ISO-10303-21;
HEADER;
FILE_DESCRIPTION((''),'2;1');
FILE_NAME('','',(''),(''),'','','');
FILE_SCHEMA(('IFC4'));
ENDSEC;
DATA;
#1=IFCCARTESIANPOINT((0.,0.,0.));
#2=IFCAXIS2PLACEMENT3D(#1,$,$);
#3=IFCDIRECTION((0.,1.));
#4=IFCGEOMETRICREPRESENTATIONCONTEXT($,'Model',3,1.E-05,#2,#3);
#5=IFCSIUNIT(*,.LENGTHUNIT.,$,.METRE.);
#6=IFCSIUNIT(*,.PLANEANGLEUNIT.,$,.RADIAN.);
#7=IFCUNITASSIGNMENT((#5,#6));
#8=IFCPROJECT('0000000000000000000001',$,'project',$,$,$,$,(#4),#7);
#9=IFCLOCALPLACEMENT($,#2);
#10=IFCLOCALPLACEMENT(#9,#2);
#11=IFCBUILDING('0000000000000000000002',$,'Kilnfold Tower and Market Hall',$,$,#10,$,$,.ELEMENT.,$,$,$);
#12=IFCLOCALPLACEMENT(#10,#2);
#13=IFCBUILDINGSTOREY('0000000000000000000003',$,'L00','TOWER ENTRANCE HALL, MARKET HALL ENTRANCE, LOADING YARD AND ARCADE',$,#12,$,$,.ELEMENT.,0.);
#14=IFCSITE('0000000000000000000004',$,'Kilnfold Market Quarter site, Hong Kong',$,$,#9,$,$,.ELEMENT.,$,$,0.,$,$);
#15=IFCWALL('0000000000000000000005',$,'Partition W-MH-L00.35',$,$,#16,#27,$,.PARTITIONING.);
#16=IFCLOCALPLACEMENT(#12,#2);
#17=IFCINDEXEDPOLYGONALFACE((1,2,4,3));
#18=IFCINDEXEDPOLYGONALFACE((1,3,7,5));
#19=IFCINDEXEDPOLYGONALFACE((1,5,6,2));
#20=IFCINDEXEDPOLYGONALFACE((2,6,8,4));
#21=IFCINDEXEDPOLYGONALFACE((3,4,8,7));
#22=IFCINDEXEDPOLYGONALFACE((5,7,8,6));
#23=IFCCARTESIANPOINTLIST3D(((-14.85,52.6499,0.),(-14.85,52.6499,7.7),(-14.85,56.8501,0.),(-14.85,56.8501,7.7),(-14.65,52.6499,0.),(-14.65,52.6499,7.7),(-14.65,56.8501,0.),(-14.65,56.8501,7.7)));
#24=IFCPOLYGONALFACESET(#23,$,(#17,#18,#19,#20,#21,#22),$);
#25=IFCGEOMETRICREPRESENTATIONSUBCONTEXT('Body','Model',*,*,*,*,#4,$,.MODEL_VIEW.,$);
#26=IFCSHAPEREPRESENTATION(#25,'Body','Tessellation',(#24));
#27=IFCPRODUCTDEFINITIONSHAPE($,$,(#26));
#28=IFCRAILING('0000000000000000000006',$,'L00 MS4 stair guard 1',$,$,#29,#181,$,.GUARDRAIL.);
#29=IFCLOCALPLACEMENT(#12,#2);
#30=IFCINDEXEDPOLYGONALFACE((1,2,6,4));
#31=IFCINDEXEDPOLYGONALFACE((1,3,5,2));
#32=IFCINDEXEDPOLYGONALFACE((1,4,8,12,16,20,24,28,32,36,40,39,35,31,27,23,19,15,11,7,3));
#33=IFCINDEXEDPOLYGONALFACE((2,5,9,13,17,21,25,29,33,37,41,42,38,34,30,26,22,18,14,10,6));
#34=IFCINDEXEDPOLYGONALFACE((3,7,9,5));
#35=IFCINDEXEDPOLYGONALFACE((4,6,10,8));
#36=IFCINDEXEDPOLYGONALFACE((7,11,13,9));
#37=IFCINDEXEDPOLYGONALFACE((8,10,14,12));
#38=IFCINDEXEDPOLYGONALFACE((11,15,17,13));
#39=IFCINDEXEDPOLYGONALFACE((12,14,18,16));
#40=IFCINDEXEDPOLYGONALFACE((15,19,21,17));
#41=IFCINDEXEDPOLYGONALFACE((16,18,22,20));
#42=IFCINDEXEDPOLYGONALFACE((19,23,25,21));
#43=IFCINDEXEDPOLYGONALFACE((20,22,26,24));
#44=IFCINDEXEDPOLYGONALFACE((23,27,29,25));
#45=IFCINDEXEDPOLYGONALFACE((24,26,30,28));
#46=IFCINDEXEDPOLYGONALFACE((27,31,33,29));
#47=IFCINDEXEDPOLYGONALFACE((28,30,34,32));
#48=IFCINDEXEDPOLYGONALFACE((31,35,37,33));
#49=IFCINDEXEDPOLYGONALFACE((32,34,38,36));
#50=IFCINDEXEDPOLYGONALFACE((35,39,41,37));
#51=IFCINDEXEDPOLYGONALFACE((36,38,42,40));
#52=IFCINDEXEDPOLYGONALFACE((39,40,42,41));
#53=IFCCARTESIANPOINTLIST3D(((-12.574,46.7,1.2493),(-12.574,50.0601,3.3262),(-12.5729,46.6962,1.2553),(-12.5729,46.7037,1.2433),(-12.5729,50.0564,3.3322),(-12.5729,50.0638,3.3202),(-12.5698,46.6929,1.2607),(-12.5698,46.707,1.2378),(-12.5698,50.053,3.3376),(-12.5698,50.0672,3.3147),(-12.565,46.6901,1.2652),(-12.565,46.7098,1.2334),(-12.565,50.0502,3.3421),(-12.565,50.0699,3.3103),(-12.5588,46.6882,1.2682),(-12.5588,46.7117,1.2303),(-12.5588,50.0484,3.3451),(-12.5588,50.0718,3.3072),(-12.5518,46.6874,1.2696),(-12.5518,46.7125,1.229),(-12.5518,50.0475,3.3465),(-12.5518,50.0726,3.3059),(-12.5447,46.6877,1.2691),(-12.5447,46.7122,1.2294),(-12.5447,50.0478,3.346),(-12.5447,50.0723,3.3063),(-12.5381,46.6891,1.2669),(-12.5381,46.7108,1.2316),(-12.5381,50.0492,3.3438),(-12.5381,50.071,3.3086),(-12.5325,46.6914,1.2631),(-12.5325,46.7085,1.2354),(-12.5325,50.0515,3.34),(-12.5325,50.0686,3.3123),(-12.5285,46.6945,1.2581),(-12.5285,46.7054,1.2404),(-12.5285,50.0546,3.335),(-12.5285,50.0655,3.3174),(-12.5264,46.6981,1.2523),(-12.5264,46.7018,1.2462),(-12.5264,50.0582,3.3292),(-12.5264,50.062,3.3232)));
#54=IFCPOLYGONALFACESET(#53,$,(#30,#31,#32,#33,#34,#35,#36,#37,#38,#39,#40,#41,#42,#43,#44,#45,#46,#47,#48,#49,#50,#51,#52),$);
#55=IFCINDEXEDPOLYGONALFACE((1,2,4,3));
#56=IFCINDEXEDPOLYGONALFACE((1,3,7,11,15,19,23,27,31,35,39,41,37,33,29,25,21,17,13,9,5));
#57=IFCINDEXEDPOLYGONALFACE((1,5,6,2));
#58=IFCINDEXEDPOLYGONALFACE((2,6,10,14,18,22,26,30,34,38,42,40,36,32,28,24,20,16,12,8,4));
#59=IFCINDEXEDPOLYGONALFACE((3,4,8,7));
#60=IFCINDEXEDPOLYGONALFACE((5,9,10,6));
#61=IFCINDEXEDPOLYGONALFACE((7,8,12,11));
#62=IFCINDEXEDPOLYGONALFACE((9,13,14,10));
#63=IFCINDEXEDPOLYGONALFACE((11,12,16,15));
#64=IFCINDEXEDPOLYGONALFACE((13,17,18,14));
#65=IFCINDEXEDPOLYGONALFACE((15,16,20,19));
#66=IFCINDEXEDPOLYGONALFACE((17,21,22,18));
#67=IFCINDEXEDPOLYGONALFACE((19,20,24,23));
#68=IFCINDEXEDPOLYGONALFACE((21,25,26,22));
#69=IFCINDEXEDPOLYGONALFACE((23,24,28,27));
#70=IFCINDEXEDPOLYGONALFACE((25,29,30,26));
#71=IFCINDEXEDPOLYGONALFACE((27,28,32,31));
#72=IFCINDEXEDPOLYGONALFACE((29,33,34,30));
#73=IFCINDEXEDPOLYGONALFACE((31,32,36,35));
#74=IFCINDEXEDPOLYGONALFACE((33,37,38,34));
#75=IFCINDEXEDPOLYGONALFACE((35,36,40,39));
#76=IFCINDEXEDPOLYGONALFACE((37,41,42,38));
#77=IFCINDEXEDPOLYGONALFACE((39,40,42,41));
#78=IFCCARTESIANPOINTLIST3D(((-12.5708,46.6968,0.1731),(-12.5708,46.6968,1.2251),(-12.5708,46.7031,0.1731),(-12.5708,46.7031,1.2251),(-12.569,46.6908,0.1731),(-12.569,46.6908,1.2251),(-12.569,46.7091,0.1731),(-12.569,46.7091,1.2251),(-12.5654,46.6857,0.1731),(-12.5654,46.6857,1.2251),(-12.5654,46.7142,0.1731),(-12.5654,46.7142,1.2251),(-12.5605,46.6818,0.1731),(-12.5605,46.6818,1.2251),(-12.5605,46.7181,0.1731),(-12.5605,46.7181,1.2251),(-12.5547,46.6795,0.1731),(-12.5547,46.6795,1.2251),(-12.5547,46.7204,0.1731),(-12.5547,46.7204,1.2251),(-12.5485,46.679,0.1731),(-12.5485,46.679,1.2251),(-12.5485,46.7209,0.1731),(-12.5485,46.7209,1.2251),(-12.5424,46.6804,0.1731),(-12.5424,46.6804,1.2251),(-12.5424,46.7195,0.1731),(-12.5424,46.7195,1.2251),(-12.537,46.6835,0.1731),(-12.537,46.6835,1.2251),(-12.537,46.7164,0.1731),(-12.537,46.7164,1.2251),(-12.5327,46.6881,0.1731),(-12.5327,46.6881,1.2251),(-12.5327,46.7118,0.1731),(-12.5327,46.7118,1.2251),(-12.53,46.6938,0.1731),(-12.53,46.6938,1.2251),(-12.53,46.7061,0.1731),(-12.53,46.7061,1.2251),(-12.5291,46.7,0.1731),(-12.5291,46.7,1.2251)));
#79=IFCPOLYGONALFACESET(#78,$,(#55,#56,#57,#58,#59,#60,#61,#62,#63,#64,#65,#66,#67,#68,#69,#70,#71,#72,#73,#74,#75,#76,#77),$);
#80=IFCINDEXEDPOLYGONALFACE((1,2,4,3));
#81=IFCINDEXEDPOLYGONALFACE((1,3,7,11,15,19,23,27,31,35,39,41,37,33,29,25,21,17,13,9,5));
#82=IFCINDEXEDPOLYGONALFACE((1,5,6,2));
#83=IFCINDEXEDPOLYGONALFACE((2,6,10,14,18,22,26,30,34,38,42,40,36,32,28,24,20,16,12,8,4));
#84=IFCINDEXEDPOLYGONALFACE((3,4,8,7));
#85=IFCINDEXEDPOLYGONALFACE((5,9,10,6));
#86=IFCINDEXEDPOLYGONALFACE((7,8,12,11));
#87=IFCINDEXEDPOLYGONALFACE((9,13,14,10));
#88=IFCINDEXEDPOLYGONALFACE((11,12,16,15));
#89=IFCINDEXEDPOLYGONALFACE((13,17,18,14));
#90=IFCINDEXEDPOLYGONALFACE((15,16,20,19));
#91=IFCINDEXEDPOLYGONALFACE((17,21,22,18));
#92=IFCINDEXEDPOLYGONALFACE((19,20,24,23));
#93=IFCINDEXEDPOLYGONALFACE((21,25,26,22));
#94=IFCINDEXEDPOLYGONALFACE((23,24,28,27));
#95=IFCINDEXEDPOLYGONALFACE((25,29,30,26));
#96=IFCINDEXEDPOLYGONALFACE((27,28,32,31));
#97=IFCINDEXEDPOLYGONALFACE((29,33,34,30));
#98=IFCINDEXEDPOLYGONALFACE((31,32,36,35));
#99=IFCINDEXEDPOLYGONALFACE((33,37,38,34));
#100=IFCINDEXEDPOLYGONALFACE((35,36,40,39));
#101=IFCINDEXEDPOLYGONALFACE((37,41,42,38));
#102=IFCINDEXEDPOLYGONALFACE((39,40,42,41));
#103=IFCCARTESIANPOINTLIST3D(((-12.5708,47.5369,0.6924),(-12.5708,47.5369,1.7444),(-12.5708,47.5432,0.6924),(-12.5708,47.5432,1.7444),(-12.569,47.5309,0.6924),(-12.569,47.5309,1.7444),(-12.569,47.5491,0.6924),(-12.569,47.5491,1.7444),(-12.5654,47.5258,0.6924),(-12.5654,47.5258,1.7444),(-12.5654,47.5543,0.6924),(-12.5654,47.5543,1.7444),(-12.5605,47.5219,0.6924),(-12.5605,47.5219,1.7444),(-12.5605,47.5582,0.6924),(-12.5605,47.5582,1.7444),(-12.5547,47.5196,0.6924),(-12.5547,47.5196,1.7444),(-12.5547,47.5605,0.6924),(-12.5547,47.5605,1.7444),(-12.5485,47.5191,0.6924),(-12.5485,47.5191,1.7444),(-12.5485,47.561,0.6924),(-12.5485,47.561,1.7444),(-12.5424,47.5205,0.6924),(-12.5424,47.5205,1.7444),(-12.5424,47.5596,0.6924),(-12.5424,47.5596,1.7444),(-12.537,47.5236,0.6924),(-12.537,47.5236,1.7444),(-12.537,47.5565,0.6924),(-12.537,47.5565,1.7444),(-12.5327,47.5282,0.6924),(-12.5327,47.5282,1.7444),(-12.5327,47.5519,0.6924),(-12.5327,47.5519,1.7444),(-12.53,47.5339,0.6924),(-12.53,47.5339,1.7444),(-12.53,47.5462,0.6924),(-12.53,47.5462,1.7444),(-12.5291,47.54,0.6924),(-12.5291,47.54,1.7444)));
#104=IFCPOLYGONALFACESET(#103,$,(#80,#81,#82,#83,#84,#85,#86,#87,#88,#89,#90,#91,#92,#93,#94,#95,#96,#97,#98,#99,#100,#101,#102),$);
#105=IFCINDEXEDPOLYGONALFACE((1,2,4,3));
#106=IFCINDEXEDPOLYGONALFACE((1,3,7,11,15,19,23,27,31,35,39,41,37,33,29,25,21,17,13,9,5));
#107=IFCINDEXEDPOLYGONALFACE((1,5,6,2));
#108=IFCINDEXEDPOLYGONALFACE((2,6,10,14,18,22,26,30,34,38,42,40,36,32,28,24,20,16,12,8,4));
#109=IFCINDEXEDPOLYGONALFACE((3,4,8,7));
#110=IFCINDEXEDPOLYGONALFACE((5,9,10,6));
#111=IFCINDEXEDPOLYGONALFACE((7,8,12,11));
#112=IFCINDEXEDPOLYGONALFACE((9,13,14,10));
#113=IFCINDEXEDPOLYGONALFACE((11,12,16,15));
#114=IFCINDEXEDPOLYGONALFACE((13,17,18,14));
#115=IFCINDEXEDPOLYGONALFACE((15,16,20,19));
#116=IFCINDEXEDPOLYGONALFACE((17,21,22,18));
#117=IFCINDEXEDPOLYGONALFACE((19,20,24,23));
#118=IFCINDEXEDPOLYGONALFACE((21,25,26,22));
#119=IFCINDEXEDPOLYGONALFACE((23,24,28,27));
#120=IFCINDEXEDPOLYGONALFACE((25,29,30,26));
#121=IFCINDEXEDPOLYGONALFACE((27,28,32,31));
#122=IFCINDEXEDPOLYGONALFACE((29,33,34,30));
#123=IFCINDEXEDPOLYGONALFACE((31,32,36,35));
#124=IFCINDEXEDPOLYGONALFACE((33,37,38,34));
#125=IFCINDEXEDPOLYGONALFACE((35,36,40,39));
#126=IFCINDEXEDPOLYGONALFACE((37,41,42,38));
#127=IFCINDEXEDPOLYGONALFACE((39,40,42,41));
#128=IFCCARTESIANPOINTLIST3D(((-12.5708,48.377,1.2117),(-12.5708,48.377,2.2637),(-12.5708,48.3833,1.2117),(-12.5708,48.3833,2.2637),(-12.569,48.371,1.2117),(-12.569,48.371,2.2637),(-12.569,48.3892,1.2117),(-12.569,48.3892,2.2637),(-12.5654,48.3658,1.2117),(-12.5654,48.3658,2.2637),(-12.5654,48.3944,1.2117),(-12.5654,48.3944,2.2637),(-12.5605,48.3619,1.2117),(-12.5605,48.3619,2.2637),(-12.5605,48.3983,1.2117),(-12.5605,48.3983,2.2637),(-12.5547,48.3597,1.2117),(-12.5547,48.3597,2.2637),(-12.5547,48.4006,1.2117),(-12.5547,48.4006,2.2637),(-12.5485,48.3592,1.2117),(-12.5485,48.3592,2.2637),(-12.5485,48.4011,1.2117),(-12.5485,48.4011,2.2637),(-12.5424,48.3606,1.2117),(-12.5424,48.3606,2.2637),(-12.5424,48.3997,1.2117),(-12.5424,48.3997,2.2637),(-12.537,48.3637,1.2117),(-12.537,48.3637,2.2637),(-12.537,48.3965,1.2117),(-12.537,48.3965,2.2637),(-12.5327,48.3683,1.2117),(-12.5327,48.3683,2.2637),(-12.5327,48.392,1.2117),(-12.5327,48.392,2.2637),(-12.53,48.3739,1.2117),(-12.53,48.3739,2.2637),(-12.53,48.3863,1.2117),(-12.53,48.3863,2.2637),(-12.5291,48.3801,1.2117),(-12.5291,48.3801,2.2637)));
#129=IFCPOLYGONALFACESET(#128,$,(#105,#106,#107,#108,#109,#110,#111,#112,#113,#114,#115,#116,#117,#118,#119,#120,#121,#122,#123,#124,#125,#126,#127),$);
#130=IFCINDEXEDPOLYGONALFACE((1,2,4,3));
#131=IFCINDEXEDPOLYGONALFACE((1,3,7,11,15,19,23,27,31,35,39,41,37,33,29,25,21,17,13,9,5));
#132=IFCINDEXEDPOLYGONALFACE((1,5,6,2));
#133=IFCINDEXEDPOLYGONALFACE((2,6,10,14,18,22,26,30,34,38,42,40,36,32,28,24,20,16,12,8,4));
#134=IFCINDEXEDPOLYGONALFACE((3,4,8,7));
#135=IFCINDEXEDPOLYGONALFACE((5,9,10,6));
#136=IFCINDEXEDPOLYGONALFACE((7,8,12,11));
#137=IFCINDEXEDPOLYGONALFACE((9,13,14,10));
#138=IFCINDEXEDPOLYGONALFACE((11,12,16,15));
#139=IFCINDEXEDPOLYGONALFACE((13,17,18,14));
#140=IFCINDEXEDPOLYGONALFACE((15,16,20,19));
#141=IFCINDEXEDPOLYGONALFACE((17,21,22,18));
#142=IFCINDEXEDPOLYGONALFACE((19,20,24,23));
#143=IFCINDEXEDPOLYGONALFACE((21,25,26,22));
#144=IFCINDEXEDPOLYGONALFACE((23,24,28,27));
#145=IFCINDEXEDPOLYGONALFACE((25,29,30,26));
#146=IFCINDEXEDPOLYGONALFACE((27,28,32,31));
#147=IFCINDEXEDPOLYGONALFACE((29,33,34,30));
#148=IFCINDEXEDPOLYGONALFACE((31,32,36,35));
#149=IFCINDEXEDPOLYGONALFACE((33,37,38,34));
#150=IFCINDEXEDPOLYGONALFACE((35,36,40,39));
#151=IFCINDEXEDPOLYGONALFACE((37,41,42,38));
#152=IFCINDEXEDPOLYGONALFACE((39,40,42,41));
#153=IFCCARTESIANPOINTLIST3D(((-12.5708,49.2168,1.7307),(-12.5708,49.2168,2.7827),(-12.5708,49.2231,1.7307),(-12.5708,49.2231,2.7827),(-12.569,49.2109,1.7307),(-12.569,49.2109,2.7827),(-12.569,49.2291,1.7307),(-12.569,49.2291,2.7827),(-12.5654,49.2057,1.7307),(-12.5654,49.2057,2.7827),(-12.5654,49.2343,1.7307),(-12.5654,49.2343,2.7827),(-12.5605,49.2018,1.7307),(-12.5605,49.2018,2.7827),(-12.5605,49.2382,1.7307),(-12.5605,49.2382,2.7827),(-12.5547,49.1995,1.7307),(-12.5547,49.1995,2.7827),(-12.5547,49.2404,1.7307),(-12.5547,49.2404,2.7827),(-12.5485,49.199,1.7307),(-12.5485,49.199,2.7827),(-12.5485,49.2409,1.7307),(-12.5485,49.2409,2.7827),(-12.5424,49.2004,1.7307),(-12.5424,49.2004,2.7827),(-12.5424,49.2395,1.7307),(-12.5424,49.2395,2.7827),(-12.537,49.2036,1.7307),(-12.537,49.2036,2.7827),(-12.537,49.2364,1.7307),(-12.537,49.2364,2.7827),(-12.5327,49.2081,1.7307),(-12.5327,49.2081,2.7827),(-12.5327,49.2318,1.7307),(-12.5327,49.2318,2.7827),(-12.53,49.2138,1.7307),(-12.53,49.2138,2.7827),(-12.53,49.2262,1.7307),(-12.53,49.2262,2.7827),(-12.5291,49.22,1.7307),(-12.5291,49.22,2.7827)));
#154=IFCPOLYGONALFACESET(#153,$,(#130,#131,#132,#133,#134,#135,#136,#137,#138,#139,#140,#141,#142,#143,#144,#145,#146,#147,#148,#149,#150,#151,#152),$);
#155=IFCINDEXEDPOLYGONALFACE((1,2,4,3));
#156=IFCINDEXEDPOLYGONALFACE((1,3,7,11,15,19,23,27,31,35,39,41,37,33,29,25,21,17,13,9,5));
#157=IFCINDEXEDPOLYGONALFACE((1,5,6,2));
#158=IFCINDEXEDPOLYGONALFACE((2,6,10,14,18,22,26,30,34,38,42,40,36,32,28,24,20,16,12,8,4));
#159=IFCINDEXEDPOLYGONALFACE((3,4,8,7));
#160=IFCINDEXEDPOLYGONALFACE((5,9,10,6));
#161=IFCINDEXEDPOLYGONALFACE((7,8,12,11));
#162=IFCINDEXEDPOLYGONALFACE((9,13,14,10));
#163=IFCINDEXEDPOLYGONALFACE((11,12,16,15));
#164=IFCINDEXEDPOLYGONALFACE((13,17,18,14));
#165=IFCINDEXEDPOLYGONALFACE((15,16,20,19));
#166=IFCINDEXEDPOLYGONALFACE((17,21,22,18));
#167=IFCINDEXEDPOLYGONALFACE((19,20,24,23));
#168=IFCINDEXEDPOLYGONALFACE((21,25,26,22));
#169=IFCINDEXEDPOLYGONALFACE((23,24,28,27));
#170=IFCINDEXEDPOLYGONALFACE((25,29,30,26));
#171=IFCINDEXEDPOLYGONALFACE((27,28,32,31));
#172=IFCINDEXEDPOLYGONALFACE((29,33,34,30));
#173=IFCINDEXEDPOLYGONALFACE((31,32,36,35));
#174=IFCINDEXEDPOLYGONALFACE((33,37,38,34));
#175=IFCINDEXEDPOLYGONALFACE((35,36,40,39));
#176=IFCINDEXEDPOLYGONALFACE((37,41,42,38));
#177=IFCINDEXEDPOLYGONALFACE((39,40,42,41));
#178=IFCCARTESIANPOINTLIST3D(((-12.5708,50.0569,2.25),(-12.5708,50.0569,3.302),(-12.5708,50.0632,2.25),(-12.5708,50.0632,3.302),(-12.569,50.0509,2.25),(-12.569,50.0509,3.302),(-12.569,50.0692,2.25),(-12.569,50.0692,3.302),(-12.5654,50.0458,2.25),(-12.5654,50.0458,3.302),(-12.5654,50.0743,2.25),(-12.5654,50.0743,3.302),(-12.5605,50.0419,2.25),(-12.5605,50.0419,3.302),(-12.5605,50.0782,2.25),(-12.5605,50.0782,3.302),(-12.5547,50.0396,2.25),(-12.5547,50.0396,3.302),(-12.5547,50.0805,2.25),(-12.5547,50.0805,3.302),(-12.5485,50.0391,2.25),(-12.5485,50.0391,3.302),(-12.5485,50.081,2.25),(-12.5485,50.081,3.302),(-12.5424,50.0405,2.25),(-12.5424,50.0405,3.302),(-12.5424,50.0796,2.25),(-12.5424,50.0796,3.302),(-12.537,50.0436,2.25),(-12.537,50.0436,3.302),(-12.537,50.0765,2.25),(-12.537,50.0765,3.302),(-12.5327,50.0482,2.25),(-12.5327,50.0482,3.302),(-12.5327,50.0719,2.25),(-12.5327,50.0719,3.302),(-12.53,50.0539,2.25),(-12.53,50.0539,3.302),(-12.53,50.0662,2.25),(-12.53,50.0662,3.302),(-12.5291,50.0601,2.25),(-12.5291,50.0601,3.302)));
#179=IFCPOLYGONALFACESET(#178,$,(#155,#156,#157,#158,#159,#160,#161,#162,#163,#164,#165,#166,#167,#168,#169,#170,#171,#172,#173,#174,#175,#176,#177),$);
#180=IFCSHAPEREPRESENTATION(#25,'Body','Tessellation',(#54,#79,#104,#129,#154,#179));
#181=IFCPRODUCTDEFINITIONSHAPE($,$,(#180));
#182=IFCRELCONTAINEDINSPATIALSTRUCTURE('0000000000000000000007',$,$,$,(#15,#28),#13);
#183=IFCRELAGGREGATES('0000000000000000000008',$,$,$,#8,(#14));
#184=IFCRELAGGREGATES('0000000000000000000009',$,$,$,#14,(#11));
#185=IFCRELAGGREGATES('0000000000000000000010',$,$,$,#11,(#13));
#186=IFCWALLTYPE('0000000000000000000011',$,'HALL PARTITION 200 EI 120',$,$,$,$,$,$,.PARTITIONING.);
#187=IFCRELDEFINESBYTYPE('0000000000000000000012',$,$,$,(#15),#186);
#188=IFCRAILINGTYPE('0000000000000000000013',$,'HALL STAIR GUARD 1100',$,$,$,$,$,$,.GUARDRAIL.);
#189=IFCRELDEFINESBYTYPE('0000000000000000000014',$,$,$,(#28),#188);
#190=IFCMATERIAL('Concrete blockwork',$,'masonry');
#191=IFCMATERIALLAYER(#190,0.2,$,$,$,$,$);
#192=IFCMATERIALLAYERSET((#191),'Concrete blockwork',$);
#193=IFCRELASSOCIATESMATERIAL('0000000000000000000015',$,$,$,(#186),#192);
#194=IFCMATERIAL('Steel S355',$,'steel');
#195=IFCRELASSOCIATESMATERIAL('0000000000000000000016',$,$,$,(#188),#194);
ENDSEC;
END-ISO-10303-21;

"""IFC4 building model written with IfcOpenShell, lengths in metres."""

from ifc_helpers import new_model, si_unit, direction, frame, frame_2d, origin, origin_2d, place, context, subcontext, project, spatial, rectangle, circle, extrude, source, transform, mapped, material, layer, layer_set, type_object, element, save


model = new_model("IFC4")

# Units and contexts
model_context = context("Model", 3, precision=1e-05, world=origin(), true_north=direction((0.0, 1.0)))
body_context = subcontext(model_context, "Body", "Model", "MODEL_VIEW")
ifc_project = project(units=[si_unit("LENGTHUNIT", "METRE"), si_unit("PLANEANGLEUNIT", "RADIAN")], contexts=[model_context])

# Site, building, storey
site_placement = place(None, origin())
site = spatial("IfcSite", under=ifc_project, at=site_placement, Name="Kilnfold Market Quarter site, Hong Kong", CompositionType="ELEMENT", RefElevation=0.0)
building_placement = place(site_placement, origin())
building = spatial("IfcBuilding", under=site, at=building_placement, Name="Kilnfold Tower and Market Hall", CompositionType="ELEMENT")
storey_placement = place(building_placement, origin())
storey = spatial("IfcBuildingStorey", under=building, at=storey_placement, Name="L00", Description="TOWER ENTRANCE HALL, MARKET HALL ENTRANCE, LOADING YARD AND ARCADE", CompositionType="ELEMENT", Elevation=0.0)

# Wall
ifc_material_1 = material(Name="Concrete blockwork", Category="masonry")
ifc_layer_1 = layer(ifc_material_1, 0.2)
ifc_layer_set_1 = layer_set([ifc_layer_1], Name="Concrete blockwork")
wall_type_1 = type_object("IfcWallType", Name="HALL PARTITION 200 EI 120", PredefinedType="PARTITIONING", material=ifc_layer_set_1)
shared_shape_1 = source(origin(), body_context, "Body", "SweptSolid", [
    extrude(rectangle(XDim=4.2002, YDim=0.2, at=frame_2d((2.1001, 0.0))), origin(), (0.0, 0.0, 1.0), 7.7),
])
wall_1_placement = place(storey_placement, frame((-14.75, 52.6499, 0.0), z_axis=(0.0, 0.0, 1.0), x_axis=(0.0, 1.0, 0.0)))
element("IfcWall", 1, at=wall_1_placement, inside=storey, type_object=wall_type_1, Name="Partition W-MH-L00.35", PredefinedType="PARTITIONING", context=body_context, shape_type="MappedRepresentation", body=[
    mapped(shared_shape_1, transform((0.0, 0.0, 0.0))),
])

# Railing
ifc_material_2 = material(Name="Steel S355", Category="steel")
railing_type_1 = type_object("IfcRailingType", Name="HALL STAIR GUARD 1100", PredefinedType="GUARDRAIL", material=ifc_material_2)
railing_1_placement = place(storey_placement, frame((-12.55, 46.7, 0.1731)))
element("IfcRailing", 2, at=railing_1_placement, inside=storey, type_object=railing_type_1, Name="L00 MS4 stair guard 1", PredefinedType="GUARDRAIL", context=body_context, shape_type="SweptSolid", body=[
    extrude(circle(Radius=0.0239, at=origin_2d()), frame((0.0, 0.0, 1.0762), z_axis=(0.0, 0.850623, 0.525776), x_axis=(-1.0, 0.0, 0.0)), (0.0, 0.0, 1.0), 3.9502),
    extrude(circle(Radius=0.021, at=origin_2d()), origin(), (0.0, 0.0, 1.0), 1.052),
    extrude(circle(Radius=0.021, at=origin_2d()), frame((0.0, 0.8401, 0.5193)), (0.0, 0.0, 1.0), 1.052),
    extrude(circle(Radius=0.021, at=origin_2d()), frame((0.0, 1.6802, 1.0386)), (0.0, 0.0, 1.0), 1.052),
    extrude(circle(Radius=0.021, at=origin_2d()), frame((0.0, 2.52, 1.5576)), (0.0, 0.0, 1.0), 1.052),
    extrude(circle(Radius=0.021, at=origin_2d()), frame((0.0, 3.3601, 2.0769)), (0.0, 0.0, 1.0), 1.052),
])

save(model, "model.ifc")
